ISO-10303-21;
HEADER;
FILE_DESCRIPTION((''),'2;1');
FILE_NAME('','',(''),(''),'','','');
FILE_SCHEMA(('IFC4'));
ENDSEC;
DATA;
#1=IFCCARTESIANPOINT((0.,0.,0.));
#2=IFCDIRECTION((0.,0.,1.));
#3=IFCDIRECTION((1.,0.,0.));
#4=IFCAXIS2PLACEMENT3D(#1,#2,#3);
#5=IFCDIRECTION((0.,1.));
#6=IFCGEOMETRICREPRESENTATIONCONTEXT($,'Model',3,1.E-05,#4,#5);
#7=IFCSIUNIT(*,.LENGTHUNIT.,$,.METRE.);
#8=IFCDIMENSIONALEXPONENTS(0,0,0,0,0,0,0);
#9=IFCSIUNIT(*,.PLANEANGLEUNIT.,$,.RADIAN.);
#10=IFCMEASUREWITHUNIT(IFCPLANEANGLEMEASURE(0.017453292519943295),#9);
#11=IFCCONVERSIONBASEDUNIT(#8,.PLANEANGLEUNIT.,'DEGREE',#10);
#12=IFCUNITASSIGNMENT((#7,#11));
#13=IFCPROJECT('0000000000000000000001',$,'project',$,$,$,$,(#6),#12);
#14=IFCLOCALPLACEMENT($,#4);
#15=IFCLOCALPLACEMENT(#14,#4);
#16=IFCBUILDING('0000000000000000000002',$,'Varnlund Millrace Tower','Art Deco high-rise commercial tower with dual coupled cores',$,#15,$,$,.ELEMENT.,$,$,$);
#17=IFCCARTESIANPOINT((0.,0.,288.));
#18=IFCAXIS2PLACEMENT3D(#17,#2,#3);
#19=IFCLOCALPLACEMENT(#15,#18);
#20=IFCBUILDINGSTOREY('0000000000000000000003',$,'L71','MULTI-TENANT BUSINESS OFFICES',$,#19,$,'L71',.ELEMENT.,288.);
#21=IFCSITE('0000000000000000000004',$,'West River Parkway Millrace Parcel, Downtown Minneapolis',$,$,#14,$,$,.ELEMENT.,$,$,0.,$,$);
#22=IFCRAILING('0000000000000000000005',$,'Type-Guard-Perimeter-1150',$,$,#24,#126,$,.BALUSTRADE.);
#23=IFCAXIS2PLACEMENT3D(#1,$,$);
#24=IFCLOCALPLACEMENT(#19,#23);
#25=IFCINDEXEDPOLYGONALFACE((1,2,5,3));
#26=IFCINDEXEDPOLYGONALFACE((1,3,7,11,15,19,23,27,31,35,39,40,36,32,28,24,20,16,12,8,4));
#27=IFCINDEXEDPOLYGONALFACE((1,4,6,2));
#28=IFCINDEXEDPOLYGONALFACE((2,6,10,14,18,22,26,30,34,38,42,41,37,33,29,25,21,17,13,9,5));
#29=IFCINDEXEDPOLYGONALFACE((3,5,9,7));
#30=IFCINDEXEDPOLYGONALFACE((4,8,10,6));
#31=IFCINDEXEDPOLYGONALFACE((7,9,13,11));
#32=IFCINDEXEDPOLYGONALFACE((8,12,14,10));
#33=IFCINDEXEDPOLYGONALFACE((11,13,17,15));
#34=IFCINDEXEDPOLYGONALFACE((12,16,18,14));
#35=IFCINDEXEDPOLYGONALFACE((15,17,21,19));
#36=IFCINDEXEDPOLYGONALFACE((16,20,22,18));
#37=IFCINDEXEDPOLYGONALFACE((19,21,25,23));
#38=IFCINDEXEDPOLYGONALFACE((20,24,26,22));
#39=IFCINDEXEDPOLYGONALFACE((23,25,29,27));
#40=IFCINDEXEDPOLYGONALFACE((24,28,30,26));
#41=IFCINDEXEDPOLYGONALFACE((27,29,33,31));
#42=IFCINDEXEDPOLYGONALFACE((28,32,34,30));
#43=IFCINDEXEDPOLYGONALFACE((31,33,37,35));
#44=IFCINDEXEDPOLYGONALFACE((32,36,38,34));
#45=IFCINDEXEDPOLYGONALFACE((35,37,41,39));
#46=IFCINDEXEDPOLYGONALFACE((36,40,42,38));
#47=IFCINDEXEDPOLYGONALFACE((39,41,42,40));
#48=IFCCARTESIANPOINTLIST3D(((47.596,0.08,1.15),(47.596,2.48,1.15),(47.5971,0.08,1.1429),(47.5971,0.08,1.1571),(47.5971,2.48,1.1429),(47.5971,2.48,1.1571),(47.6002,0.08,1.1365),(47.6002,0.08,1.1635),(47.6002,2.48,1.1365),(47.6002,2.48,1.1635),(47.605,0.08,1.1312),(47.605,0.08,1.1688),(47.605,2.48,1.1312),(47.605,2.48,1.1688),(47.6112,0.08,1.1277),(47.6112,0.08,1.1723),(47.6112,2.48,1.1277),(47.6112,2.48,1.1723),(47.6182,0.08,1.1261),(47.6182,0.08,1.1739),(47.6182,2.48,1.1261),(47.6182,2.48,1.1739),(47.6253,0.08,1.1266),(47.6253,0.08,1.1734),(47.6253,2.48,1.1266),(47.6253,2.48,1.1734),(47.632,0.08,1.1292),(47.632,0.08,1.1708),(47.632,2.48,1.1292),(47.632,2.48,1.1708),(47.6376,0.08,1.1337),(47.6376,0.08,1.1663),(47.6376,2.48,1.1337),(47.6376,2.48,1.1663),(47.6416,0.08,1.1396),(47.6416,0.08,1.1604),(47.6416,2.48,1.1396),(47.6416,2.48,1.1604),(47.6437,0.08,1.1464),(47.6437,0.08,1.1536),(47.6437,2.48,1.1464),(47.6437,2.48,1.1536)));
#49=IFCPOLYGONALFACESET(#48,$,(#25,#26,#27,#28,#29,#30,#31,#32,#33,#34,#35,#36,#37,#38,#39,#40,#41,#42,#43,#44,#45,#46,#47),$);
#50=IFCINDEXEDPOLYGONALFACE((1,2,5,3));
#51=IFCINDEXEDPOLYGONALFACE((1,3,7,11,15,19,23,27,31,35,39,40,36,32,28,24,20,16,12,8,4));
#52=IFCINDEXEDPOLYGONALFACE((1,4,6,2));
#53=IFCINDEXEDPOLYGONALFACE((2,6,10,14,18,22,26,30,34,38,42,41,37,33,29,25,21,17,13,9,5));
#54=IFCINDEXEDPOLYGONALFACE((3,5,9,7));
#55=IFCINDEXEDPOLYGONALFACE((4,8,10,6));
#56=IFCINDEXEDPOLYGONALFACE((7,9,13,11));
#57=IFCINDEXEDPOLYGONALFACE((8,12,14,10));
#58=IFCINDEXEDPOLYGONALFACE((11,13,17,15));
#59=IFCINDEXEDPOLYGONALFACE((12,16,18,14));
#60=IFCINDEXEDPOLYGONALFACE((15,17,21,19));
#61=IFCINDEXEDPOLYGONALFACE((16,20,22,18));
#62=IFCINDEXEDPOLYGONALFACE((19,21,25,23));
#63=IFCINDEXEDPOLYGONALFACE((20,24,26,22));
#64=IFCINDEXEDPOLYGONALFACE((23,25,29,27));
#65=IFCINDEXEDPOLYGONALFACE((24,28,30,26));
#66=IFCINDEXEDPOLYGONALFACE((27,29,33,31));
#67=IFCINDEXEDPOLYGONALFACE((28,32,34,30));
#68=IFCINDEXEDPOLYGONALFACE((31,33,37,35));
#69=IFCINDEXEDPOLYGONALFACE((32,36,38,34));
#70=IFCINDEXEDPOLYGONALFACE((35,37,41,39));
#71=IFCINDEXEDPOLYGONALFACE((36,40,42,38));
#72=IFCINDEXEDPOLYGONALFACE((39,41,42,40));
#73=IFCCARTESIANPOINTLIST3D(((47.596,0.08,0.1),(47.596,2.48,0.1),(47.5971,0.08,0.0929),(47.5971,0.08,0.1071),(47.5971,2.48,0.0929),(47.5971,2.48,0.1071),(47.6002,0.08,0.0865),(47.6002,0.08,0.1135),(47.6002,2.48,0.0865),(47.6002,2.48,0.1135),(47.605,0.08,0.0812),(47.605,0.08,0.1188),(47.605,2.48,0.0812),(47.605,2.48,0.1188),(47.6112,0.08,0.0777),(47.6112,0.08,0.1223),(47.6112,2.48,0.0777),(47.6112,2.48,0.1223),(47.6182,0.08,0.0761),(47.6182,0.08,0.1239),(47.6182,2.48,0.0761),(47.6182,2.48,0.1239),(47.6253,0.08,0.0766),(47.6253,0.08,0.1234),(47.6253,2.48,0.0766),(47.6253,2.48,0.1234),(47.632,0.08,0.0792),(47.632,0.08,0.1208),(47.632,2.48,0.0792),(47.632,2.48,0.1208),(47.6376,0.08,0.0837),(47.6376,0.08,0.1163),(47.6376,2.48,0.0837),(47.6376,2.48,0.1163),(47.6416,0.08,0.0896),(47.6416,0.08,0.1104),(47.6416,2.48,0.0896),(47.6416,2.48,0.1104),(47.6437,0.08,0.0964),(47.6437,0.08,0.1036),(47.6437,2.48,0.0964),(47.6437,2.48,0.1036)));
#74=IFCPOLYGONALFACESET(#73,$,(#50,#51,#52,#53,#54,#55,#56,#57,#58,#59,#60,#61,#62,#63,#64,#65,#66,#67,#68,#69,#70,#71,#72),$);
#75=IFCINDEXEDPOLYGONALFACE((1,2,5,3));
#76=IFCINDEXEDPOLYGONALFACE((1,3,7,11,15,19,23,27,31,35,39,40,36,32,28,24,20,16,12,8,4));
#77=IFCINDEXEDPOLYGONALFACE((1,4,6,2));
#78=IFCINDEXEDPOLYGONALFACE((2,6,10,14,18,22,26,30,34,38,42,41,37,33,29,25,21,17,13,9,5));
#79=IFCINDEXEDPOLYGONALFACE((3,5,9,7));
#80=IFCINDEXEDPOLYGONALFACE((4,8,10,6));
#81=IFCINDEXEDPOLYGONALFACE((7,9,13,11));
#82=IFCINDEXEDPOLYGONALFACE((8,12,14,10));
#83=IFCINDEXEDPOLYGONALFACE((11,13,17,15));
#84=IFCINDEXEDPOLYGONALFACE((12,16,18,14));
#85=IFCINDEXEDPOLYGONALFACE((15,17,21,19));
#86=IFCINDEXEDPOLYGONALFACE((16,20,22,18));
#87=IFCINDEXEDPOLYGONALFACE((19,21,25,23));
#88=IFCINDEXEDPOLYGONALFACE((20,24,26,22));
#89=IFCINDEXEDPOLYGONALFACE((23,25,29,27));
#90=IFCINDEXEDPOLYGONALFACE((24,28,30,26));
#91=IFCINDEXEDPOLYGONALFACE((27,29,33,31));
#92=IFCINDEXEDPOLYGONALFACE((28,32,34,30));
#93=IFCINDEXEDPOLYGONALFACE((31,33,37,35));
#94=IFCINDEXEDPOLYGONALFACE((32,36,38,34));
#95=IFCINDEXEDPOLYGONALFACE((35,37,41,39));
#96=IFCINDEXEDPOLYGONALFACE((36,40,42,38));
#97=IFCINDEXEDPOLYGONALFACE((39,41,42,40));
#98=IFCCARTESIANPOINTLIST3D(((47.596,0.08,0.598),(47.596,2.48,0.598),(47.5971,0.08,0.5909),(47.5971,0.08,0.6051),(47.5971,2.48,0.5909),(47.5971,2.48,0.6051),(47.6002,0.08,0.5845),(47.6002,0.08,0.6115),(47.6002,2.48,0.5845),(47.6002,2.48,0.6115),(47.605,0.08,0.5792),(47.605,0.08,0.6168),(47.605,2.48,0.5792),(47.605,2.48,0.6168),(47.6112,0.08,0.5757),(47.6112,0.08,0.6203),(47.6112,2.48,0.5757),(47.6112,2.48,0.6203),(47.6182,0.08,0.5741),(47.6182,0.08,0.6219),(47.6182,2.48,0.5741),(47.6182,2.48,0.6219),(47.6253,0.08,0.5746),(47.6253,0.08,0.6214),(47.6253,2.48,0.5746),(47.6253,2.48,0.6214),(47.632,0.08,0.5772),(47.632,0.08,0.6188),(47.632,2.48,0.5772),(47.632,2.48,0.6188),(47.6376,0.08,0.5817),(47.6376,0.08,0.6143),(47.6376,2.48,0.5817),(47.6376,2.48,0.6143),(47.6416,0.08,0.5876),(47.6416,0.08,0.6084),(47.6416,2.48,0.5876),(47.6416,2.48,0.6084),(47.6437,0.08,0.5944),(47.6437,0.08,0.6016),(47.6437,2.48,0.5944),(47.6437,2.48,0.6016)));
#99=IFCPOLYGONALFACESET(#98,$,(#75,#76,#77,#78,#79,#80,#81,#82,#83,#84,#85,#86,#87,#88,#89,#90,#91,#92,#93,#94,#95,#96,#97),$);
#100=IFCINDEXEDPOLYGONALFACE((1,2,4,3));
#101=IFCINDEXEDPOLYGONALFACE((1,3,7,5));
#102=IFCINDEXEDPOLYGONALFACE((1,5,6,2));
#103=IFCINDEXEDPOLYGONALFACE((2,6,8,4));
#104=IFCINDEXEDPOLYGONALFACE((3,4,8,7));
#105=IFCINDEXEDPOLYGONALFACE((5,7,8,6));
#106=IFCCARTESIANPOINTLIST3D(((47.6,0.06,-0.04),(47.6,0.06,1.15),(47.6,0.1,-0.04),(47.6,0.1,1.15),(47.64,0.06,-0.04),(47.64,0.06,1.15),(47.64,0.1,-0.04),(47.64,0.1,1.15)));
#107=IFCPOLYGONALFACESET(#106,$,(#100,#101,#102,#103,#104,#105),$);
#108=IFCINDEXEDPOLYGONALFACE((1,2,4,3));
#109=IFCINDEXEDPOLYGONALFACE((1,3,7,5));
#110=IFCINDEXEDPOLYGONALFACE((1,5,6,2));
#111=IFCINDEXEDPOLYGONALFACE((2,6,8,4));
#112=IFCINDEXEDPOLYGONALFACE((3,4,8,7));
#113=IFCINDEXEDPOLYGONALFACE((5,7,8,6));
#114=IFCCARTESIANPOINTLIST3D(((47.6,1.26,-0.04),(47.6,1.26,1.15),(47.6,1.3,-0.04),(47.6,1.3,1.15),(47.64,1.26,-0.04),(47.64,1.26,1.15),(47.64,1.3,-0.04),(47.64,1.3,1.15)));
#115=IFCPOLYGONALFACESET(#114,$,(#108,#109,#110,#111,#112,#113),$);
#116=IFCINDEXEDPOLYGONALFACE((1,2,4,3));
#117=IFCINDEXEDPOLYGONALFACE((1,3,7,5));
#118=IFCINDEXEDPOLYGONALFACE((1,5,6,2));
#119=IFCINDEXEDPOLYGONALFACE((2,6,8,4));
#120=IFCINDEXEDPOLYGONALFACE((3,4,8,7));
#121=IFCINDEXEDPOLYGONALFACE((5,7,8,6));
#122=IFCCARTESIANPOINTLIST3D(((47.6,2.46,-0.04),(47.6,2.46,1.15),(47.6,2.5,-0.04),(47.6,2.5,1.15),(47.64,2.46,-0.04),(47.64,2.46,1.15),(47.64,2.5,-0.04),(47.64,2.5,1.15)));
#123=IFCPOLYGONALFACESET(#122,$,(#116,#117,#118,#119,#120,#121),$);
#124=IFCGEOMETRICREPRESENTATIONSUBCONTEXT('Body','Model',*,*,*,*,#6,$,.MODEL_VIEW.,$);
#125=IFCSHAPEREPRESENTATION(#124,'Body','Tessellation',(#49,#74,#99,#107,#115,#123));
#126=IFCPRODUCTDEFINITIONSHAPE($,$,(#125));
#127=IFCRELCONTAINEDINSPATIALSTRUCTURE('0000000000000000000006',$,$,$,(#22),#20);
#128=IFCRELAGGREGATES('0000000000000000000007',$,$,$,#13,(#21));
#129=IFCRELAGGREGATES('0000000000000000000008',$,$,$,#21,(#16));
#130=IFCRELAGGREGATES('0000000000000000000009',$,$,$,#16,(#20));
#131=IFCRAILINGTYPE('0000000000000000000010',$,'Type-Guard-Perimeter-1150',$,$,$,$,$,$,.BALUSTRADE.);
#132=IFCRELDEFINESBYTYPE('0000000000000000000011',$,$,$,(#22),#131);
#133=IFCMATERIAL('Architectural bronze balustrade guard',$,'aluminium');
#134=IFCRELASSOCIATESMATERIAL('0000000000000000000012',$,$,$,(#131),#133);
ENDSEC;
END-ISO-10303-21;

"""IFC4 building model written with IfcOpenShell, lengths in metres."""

from ifc_helpers import new_model, entity, si_unit, converted_unit, direction, frame, origin_with_axes, origin_2d_with_axis, place, context, subcontext, project, spatial, rectangle, circle, extrude, material, type_object, element, save


model = new_model("IFC4")

# Units and contexts
model_context = context("Model", 3, precision=1e-05, world=origin_with_axes(), true_north=direction((0.0, 1.0)))
body_context = subcontext(model_context, "Body", "Model", "MODEL_VIEW")
ifc_project = project(units=[si_unit("LENGTHUNIT", "METRE"), converted_unit("PLANEANGLEUNIT", "DEGREE", entity("IfcPlaneAngleMeasure", 0.017453292519943295), si_unit("PLANEANGLEUNIT", "RADIAN"), dimensions=[0, 0, 0, 0, 0, 0, 0])], contexts=[model_context])

# Site, building, storey
site_placement = place(None, origin_with_axes())
site = spatial("IfcSite", under=ifc_project, at=site_placement, Name="West River Parkway Millrace Parcel, Downtown Minneapolis", CompositionType="ELEMENT", RefElevation=0.0)
building_placement = place(site_placement, origin_with_axes())
building = spatial("IfcBuilding", under=site, at=building_placement, Name="Varnlund Millrace Tower", Description="Art Deco high-rise commercial tower with dual coupled cores", CompositionType="ELEMENT")
storey_placement = place(building_placement, frame((0.0, 0.0, 288.0), z_axis=(0.0, 0.0, 1.0), x_axis=(1.0, 0.0, 0.0)))
storey = spatial("IfcBuildingStorey", under=building, at=storey_placement, Name="L71", Description="MULTI-TENANT BUSINESS OFFICES", LongName="L71", CompositionType="ELEMENT", Elevation=288.0)

# Railing
ifc_material_1 = material(Name="Architectural bronze balustrade guard", Category="aluminium")
railing_type_1 = type_object("IfcRailingType", Name="Type-Guard-Perimeter-1150", PredefinedType="BALUSTRADE", material=ifc_material_1)
railing_1_placement = place(storey_placement, frame((0.0, 0.0, -288.0), z_axis=(0.0, 0.0, 1.0), x_axis=(1.0, 0.0, 0.0)))
element("IfcRailing", 1, at=railing_1_placement, inside=storey, type_object=railing_type_1, Name="Type-Guard-Perimeter-1150", PredefinedType="BALUSTRADE", context=body_context, shape_type="SweptSolid", body=[
    extrude(circle(Radius=0.024, at=origin_2d_with_axis()), frame((47.62, 0.08, 289.15), z_axis=(0.0, 1.0, 0.0), x_axis=(-1.0, 0.0, 0.0)), (0.0, 0.0, 1.0), 2.4),
    extrude(circle(Radius=0.024, at=origin_2d_with_axis()), frame((47.62, 0.08, 288.1), z_axis=(0.0, 1.0, 0.0), x_axis=(-1.0, 0.0, 0.0)), (0.0, 0.0, 1.0), 2.4),
    extrude(circle(Radius=0.024, at=origin_2d_with_axis()), frame((47.62, 0.08, 288.598), z_axis=(0.0, 1.0, 0.0), x_axis=(-1.0, 0.0, 0.0)), (0.0, 0.0, 1.0), 2.4),
    extrude(rectangle(XDim=0.04, YDim=0.04, at=origin_2d_with_axis()), frame((47.62, 0.08, 287.96), z_axis=(0.0, 0.0, 1.0), x_axis=(1.0, 0.0, 0.0)), (0.0, 0.0, 1.0), 1.19),
    extrude(rectangle(XDim=0.04, YDim=0.04, at=origin_2d_with_axis()), frame((47.62, 1.28, 287.96), z_axis=(0.0, 0.0, 1.0), x_axis=(1.0, 0.0, 0.0)), (0.0, 0.0, 1.0), 1.19),
    extrude(rectangle(XDim=0.04, YDim=0.04, at=origin_2d_with_axis()), frame((47.62, 2.48, 287.96), z_axis=(0.0, 0.0, 1.0), x_axis=(1.0, 0.0, 0.0)), (0.0, 0.0, 1.0), 1.19),
])

save(model, "model.ifc")
